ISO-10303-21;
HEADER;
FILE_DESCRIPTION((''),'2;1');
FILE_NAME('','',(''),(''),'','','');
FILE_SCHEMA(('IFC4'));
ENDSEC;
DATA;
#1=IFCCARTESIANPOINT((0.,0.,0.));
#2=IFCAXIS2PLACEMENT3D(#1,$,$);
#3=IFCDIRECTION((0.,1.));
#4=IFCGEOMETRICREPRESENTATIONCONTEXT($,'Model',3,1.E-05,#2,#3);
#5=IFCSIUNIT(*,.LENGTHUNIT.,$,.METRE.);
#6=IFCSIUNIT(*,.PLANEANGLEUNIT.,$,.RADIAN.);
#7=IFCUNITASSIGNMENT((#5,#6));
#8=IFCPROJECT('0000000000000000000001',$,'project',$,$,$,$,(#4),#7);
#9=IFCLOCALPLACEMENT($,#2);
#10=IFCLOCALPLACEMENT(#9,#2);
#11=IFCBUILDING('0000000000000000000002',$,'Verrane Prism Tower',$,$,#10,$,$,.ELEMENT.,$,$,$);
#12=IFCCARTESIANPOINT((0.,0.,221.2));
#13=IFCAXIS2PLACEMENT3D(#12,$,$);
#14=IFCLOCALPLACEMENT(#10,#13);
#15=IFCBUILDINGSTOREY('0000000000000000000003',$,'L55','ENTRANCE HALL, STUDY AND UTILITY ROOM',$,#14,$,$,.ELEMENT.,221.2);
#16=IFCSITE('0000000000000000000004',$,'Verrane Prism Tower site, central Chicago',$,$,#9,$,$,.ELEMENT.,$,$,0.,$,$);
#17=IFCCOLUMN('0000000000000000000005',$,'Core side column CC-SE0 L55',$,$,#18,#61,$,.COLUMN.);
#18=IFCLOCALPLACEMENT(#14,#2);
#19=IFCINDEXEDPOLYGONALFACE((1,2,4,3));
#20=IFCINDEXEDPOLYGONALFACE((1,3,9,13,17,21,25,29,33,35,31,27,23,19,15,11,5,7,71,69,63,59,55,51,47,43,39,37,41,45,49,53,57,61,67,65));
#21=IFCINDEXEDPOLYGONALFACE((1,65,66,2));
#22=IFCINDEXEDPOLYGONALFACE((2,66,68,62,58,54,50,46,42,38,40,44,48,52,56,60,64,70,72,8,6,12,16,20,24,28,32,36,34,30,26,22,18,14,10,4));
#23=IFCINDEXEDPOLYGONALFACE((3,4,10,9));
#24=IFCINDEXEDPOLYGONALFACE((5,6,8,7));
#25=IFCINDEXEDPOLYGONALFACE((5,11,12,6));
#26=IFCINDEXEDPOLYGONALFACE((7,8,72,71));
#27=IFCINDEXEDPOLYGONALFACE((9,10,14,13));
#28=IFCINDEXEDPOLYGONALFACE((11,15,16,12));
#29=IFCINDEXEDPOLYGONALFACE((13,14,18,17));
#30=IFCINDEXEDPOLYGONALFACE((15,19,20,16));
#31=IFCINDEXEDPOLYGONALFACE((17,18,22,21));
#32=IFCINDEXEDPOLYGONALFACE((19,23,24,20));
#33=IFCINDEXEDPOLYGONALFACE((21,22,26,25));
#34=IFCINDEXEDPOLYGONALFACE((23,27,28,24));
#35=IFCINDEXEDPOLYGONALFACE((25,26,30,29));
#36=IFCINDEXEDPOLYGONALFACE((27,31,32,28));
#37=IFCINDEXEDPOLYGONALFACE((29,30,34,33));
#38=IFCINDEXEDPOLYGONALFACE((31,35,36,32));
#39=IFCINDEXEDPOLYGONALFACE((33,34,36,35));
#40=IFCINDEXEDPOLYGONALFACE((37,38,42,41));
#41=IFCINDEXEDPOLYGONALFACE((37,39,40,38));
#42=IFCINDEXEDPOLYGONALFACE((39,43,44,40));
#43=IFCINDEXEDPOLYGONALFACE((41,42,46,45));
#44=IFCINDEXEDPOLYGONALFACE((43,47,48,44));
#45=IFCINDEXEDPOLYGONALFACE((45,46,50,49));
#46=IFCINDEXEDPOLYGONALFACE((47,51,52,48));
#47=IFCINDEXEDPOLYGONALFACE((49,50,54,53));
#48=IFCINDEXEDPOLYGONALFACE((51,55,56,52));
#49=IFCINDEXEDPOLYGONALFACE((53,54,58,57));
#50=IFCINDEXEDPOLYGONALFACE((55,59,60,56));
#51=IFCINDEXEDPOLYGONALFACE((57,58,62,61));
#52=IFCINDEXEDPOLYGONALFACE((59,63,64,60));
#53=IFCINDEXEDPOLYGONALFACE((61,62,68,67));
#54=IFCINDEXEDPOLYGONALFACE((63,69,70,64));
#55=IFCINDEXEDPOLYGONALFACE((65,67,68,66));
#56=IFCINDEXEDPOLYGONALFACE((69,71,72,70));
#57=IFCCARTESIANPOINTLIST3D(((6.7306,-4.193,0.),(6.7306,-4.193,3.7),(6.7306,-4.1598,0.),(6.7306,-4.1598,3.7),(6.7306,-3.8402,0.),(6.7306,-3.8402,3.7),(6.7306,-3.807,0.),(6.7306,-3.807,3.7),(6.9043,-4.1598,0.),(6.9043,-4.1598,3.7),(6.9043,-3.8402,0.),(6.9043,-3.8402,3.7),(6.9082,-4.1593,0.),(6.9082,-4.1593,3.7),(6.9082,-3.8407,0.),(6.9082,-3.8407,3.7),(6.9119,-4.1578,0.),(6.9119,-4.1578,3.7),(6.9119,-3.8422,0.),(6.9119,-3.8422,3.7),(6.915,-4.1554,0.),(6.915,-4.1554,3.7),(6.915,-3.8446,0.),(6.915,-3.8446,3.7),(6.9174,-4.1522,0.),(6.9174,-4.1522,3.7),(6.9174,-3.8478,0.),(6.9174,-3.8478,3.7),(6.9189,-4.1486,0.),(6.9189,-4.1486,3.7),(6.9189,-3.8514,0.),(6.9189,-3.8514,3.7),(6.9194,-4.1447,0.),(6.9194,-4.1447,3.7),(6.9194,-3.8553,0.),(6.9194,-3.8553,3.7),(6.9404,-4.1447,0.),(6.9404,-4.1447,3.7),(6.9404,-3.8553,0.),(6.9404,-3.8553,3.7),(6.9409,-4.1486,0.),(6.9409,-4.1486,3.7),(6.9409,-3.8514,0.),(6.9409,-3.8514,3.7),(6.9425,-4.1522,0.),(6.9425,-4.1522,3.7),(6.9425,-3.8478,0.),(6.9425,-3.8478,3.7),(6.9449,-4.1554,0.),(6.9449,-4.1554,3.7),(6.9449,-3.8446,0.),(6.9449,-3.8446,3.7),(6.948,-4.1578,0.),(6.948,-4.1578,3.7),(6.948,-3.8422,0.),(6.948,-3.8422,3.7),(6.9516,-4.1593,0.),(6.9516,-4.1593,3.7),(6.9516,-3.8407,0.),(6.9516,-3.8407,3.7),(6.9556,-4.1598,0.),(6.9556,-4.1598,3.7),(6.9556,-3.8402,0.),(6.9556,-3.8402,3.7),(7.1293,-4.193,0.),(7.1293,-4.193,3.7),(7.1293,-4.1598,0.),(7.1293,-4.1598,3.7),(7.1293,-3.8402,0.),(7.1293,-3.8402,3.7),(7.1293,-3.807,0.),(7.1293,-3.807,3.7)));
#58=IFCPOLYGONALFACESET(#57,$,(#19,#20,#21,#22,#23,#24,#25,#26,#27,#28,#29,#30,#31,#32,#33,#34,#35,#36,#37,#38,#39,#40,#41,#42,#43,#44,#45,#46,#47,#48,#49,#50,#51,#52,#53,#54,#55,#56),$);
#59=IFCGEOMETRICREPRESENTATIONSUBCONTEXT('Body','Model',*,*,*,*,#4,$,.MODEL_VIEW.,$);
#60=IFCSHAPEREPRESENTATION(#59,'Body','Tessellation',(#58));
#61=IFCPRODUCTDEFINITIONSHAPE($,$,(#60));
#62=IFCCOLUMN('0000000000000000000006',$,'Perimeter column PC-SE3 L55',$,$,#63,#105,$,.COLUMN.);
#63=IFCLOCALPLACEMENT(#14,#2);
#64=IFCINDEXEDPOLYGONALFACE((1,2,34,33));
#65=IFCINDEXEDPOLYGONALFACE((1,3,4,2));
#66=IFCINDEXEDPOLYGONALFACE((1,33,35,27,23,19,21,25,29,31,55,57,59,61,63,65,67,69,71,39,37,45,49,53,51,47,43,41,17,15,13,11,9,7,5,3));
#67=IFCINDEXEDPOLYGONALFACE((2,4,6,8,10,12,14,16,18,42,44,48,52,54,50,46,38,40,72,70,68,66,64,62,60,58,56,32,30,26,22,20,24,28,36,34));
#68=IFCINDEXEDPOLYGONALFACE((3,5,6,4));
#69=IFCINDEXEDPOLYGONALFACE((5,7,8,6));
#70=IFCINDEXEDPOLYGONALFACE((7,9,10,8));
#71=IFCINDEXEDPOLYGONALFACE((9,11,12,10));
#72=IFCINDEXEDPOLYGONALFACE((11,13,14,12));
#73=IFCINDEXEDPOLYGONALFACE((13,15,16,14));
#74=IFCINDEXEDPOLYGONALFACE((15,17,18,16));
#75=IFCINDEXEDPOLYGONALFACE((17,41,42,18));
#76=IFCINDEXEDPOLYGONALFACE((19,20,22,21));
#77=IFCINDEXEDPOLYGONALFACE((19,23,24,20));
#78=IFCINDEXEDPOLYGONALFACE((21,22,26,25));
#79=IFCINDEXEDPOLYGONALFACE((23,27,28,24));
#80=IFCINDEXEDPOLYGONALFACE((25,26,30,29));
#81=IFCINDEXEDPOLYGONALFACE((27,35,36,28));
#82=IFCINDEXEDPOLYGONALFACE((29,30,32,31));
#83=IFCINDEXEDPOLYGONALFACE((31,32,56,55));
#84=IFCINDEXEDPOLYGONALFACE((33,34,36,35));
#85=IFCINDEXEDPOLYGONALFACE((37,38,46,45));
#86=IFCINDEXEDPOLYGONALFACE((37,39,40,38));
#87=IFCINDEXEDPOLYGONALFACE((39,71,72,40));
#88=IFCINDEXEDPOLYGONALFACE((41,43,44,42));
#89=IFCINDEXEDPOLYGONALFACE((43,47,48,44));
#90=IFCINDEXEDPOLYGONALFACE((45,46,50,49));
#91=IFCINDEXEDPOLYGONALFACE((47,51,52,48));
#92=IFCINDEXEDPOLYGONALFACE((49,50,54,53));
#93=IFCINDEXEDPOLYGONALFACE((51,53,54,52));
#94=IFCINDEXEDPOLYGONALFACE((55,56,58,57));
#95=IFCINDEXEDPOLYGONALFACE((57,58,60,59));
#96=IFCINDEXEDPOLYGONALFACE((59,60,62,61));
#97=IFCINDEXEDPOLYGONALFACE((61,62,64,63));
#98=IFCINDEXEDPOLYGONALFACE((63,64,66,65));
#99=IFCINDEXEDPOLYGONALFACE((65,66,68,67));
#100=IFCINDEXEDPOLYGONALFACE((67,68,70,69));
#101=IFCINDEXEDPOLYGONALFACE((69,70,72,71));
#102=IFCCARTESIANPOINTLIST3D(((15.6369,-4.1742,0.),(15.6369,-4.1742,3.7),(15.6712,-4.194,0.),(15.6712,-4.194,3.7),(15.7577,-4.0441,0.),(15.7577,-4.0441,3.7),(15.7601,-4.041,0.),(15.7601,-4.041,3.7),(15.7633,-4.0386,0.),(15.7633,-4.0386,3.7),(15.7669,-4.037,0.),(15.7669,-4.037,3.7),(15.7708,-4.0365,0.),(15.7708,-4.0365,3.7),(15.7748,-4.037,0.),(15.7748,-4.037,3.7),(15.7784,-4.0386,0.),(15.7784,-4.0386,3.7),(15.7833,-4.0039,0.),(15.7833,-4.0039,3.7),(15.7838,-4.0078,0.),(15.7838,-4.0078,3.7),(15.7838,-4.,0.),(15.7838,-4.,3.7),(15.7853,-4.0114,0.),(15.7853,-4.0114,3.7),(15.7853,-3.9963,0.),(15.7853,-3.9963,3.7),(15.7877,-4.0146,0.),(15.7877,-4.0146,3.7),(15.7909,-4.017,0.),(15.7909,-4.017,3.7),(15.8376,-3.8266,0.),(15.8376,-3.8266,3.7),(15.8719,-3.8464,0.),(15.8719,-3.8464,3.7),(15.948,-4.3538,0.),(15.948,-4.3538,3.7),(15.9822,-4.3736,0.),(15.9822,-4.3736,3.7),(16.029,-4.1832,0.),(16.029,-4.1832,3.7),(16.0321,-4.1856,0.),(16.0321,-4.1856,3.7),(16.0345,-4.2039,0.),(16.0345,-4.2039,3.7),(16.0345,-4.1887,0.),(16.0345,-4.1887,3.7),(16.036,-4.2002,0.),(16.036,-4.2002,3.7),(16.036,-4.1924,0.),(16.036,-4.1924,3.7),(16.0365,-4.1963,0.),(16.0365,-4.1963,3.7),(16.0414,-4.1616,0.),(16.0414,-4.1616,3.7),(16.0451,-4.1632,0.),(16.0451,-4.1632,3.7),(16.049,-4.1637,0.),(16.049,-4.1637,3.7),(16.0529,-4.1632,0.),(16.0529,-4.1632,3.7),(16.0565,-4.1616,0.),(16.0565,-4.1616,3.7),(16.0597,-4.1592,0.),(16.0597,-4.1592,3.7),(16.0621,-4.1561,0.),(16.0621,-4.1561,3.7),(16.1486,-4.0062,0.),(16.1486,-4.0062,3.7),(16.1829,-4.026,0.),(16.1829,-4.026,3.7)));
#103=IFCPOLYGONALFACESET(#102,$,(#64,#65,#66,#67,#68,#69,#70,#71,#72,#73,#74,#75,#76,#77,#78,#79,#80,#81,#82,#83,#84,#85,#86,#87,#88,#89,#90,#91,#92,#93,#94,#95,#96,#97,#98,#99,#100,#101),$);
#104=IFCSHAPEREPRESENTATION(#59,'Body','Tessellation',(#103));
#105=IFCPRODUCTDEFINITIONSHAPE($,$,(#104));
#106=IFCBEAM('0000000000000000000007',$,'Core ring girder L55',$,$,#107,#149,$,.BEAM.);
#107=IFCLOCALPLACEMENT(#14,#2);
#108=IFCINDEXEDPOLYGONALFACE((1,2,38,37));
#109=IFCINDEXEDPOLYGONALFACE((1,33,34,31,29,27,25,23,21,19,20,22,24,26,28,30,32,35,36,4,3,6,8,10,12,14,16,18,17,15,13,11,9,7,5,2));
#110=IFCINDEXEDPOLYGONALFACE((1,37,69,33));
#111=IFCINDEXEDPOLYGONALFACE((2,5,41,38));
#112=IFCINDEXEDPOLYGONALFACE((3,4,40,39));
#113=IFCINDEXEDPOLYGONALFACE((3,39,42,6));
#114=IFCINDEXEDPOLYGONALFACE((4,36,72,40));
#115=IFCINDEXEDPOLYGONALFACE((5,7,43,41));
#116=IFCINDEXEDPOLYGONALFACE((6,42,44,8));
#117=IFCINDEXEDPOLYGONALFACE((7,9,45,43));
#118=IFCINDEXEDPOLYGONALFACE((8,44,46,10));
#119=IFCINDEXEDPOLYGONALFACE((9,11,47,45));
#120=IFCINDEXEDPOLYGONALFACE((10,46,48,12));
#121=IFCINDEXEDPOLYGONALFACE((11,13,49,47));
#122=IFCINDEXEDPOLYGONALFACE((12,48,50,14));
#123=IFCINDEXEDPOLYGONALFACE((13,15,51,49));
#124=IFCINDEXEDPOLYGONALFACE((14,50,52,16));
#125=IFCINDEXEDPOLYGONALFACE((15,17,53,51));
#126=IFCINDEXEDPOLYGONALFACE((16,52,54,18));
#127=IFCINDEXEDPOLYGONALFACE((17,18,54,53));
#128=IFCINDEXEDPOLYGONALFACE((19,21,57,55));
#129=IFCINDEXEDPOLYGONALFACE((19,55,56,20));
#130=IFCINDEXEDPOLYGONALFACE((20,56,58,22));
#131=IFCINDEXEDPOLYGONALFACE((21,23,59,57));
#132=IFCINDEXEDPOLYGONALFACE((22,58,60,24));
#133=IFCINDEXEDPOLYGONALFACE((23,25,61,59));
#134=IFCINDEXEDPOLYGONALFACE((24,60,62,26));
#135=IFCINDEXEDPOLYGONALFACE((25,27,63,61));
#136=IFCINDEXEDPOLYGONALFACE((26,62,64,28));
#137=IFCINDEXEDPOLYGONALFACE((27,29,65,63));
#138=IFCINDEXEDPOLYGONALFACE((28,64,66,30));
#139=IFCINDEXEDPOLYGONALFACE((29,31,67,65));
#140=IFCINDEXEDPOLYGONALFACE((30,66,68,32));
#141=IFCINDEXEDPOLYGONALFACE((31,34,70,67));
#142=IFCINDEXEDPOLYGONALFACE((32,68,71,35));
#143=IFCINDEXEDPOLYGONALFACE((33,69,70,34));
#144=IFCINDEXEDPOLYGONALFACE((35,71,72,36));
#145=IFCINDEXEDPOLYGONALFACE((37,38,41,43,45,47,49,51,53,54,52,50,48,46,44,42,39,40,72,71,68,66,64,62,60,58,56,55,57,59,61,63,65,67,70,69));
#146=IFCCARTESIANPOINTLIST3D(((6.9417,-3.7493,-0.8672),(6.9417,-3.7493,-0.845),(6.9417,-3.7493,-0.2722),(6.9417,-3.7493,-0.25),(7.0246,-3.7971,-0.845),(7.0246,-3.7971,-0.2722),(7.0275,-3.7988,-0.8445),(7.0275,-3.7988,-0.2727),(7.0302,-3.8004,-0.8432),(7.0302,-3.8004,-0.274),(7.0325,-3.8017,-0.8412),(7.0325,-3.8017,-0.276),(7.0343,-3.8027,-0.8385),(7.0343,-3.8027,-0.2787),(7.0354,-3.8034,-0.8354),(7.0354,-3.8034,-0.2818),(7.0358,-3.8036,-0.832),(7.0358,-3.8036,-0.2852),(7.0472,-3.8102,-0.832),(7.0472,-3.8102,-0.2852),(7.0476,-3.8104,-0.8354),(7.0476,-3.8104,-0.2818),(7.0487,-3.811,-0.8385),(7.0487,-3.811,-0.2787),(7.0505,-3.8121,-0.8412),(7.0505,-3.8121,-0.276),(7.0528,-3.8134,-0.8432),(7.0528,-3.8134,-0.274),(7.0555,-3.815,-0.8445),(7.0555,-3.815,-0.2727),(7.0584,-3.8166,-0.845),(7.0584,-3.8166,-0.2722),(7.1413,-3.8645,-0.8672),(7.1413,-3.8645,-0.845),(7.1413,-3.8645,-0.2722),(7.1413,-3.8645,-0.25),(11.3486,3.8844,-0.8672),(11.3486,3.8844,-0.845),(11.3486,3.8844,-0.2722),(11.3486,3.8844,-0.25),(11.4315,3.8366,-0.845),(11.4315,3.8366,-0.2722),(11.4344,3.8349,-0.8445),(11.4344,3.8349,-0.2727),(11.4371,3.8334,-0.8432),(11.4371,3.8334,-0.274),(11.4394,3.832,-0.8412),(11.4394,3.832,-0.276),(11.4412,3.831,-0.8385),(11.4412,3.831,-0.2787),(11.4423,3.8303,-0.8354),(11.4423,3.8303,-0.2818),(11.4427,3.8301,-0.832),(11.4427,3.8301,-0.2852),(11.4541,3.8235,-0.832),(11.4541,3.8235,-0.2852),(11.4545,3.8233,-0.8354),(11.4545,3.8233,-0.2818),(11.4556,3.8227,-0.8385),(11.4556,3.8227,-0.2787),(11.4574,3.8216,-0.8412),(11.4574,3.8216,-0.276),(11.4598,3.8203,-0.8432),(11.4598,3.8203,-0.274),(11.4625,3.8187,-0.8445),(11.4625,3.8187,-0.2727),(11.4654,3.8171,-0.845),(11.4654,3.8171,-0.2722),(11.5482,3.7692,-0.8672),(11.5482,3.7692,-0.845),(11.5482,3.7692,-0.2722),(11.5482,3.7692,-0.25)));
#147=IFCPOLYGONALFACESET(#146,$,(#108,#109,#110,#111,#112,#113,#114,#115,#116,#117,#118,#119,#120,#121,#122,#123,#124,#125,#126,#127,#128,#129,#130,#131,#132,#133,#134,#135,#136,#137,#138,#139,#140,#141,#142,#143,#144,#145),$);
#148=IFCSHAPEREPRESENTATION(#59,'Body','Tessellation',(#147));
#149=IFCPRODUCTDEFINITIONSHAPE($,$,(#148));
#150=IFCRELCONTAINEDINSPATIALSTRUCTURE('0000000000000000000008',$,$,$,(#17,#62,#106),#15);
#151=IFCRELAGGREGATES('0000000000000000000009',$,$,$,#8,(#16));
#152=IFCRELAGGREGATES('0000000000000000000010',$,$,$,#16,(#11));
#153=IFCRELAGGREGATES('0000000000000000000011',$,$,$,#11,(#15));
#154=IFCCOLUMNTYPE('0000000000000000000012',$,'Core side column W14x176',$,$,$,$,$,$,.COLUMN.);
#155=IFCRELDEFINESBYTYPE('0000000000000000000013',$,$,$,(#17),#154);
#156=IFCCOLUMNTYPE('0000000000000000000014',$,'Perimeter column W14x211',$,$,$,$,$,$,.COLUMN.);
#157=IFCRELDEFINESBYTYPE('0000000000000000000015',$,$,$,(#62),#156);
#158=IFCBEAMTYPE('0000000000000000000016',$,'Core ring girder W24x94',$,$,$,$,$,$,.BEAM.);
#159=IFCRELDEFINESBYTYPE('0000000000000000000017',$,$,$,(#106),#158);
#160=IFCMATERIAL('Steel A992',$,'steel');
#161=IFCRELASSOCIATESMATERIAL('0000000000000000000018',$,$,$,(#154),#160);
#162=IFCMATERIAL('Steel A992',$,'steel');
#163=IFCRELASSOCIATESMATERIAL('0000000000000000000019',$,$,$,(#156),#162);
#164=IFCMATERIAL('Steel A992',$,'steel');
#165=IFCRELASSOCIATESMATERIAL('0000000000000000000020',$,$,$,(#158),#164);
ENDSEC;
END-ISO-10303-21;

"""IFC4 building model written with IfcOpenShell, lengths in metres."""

from ifc_helpers import new_model, si_unit, direction, frame, origin, origin_2d, place, context, subcontext, project, spatial, i_section, extrude, material, material_profile, profile_set, type_object, element, save


model = new_model("IFC4")

# Units and contexts
model_context = context("Model", 3, precision=1e-05, world=origin(), true_north=direction((0.0, 1.0)))
body_context = subcontext(model_context, "Body", "Model", "MODEL_VIEW")
ifc_project = project(units=[si_unit("LENGTHUNIT", "METRE"), si_unit("PLANEANGLEUNIT", "RADIAN")], contexts=[model_context])

# Site, building, storey
site_placement = place(None, origin())
site = spatial("IfcSite", under=ifc_project, at=site_placement, Name="Verrane Prism Tower site, central Chicago", CompositionType="ELEMENT", RefElevation=0.0)
building_placement = place(site_placement, origin())
building = spatial("IfcBuilding", under=site, at=building_placement, Name="Verrane Prism Tower", CompositionType="ELEMENT")
storey_placement = place(building_placement, frame((0.0, 0.0, 221.2)))
storey = spatial("IfcBuildingStorey", under=building, at=storey_placement, Name="L55", Description="ENTRANCE HALL, STUDY AND UTILITY ROOM", CompositionType="ELEMENT", Elevation=221.2)

# Columns
ifc_material_1 = material(Name="Steel A992", Category="steel")
ifc_material_profile_1 = material_profile(ifc_material_1, i_section(OverallWidth=0.3987, OverallDepth=0.386, WebThickness=0.021, FlangeThickness=0.0332, FilletRadius=0.0151, at=origin_2d()), Name="W14x176")
ifc_profile_set_1 = profile_set([ifc_material_profile_1], Name="Steel A992")
column_type_1 = type_object("IfcColumnType", Name="Core side column W14x176", PredefinedType="COLUMN", material=ifc_profile_set_1)
column_1_placement = place(storey_placement, frame((6.9299, -4.0, 0.0), z_axis=(0.0, 0.0, 1.0), x_axis=(1.0, 0.0, 0.0)))
element("IfcColumn", 1, at=column_1_placement, inside=storey, type_object=column_type_1, Name="Core side column CC-SE0 L55", PredefinedType="COLUMN", context=body_context, shape_type="SweptSolid", body=[
    extrude(i_section(OverallWidth=0.3987, OverallDepth=0.386, WebThickness=0.021, FlangeThickness=0.0332, FilletRadius=0.0151, at=origin_2d()), origin(), (0.0, 0.0, 1.0), 3.7),
])
ifc_material_2 = material(Name="Steel A992", Category="steel")
ifc_material_profile_2 = material_profile(ifc_material_2, i_section(OverallWidth=0.4014, OverallDepth=0.3987, WebThickness=0.0249, FlangeThickness=0.0396, FilletRadius=0.0151, at=origin_2d()), Name="W14x211")
ifc_profile_set_2 = profile_set([ifc_material_profile_2], Name="Steel A992")
column_type_2 = type_object("IfcColumnType", Name="Perimeter column W14x211", PredefinedType="COLUMN", material=ifc_profile_set_2)
column_2_placement = place(storey_placement, frame((15.9099, -4.1001, 0.0), z_axis=(0.0, 0.0, 1.0), x_axis=(-0.5, -0.866025, 0.0)))
element("IfcColumn", 2, at=column_2_placement, inside=storey, type_object=column_type_2, Name="Perimeter column PC-SE3 L55", PredefinedType="COLUMN", context=body_context, shape_type="SweptSolid", body=[
    extrude(i_section(OverallWidth=0.4014, OverallDepth=0.3987, WebThickness=0.0249, FlangeThickness=0.0396, FilletRadius=0.0151, at=origin_2d()), origin(), (0.0, 0.0, 1.0), 3.7),
])

# Beam
ifc_material_3 = material(Name="Steel A992", Category="steel")
ifc_material_profile_3 = material_profile(ifc_material_3, i_section(OverallWidth=0.2305, OverallDepth=0.6172, WebThickness=0.0132, FlangeThickness=0.0222, FilletRadius=0.0129, at=origin_2d()), Name="W24x94")
ifc_profile_set_3 = profile_set([ifc_material_profile_3], Name="Steel A992")
beam_type_1 = type_object("IfcBeamType", Name="Core ring girder W24x94", PredefinedType="BEAM", material=ifc_profile_set_3)
beam_1_placement = place(storey_placement, frame((7.0415, -3.8069, -0.5586), z_axis=(0.499967, 0.866044, 0.0), x_axis=(-0.866044, 0.499967, 0.0)))
element("IfcBeam", 3, at=beam_1_placement, inside=storey, type_object=beam_type_1, Name="Core ring girder L55", PredefinedType="BEAM", context=body_context, shape_type="SweptSolid", body=[
    extrude(i_section(OverallWidth=0.2305, OverallDepth=0.6172, WebThickness=0.0132, FlangeThickness=0.0222, FilletRadius=0.0129, at=origin_2d()), origin(), (0.0, 0.0, 1.0), 8.8145),
])

save(model, "model.ifc")
